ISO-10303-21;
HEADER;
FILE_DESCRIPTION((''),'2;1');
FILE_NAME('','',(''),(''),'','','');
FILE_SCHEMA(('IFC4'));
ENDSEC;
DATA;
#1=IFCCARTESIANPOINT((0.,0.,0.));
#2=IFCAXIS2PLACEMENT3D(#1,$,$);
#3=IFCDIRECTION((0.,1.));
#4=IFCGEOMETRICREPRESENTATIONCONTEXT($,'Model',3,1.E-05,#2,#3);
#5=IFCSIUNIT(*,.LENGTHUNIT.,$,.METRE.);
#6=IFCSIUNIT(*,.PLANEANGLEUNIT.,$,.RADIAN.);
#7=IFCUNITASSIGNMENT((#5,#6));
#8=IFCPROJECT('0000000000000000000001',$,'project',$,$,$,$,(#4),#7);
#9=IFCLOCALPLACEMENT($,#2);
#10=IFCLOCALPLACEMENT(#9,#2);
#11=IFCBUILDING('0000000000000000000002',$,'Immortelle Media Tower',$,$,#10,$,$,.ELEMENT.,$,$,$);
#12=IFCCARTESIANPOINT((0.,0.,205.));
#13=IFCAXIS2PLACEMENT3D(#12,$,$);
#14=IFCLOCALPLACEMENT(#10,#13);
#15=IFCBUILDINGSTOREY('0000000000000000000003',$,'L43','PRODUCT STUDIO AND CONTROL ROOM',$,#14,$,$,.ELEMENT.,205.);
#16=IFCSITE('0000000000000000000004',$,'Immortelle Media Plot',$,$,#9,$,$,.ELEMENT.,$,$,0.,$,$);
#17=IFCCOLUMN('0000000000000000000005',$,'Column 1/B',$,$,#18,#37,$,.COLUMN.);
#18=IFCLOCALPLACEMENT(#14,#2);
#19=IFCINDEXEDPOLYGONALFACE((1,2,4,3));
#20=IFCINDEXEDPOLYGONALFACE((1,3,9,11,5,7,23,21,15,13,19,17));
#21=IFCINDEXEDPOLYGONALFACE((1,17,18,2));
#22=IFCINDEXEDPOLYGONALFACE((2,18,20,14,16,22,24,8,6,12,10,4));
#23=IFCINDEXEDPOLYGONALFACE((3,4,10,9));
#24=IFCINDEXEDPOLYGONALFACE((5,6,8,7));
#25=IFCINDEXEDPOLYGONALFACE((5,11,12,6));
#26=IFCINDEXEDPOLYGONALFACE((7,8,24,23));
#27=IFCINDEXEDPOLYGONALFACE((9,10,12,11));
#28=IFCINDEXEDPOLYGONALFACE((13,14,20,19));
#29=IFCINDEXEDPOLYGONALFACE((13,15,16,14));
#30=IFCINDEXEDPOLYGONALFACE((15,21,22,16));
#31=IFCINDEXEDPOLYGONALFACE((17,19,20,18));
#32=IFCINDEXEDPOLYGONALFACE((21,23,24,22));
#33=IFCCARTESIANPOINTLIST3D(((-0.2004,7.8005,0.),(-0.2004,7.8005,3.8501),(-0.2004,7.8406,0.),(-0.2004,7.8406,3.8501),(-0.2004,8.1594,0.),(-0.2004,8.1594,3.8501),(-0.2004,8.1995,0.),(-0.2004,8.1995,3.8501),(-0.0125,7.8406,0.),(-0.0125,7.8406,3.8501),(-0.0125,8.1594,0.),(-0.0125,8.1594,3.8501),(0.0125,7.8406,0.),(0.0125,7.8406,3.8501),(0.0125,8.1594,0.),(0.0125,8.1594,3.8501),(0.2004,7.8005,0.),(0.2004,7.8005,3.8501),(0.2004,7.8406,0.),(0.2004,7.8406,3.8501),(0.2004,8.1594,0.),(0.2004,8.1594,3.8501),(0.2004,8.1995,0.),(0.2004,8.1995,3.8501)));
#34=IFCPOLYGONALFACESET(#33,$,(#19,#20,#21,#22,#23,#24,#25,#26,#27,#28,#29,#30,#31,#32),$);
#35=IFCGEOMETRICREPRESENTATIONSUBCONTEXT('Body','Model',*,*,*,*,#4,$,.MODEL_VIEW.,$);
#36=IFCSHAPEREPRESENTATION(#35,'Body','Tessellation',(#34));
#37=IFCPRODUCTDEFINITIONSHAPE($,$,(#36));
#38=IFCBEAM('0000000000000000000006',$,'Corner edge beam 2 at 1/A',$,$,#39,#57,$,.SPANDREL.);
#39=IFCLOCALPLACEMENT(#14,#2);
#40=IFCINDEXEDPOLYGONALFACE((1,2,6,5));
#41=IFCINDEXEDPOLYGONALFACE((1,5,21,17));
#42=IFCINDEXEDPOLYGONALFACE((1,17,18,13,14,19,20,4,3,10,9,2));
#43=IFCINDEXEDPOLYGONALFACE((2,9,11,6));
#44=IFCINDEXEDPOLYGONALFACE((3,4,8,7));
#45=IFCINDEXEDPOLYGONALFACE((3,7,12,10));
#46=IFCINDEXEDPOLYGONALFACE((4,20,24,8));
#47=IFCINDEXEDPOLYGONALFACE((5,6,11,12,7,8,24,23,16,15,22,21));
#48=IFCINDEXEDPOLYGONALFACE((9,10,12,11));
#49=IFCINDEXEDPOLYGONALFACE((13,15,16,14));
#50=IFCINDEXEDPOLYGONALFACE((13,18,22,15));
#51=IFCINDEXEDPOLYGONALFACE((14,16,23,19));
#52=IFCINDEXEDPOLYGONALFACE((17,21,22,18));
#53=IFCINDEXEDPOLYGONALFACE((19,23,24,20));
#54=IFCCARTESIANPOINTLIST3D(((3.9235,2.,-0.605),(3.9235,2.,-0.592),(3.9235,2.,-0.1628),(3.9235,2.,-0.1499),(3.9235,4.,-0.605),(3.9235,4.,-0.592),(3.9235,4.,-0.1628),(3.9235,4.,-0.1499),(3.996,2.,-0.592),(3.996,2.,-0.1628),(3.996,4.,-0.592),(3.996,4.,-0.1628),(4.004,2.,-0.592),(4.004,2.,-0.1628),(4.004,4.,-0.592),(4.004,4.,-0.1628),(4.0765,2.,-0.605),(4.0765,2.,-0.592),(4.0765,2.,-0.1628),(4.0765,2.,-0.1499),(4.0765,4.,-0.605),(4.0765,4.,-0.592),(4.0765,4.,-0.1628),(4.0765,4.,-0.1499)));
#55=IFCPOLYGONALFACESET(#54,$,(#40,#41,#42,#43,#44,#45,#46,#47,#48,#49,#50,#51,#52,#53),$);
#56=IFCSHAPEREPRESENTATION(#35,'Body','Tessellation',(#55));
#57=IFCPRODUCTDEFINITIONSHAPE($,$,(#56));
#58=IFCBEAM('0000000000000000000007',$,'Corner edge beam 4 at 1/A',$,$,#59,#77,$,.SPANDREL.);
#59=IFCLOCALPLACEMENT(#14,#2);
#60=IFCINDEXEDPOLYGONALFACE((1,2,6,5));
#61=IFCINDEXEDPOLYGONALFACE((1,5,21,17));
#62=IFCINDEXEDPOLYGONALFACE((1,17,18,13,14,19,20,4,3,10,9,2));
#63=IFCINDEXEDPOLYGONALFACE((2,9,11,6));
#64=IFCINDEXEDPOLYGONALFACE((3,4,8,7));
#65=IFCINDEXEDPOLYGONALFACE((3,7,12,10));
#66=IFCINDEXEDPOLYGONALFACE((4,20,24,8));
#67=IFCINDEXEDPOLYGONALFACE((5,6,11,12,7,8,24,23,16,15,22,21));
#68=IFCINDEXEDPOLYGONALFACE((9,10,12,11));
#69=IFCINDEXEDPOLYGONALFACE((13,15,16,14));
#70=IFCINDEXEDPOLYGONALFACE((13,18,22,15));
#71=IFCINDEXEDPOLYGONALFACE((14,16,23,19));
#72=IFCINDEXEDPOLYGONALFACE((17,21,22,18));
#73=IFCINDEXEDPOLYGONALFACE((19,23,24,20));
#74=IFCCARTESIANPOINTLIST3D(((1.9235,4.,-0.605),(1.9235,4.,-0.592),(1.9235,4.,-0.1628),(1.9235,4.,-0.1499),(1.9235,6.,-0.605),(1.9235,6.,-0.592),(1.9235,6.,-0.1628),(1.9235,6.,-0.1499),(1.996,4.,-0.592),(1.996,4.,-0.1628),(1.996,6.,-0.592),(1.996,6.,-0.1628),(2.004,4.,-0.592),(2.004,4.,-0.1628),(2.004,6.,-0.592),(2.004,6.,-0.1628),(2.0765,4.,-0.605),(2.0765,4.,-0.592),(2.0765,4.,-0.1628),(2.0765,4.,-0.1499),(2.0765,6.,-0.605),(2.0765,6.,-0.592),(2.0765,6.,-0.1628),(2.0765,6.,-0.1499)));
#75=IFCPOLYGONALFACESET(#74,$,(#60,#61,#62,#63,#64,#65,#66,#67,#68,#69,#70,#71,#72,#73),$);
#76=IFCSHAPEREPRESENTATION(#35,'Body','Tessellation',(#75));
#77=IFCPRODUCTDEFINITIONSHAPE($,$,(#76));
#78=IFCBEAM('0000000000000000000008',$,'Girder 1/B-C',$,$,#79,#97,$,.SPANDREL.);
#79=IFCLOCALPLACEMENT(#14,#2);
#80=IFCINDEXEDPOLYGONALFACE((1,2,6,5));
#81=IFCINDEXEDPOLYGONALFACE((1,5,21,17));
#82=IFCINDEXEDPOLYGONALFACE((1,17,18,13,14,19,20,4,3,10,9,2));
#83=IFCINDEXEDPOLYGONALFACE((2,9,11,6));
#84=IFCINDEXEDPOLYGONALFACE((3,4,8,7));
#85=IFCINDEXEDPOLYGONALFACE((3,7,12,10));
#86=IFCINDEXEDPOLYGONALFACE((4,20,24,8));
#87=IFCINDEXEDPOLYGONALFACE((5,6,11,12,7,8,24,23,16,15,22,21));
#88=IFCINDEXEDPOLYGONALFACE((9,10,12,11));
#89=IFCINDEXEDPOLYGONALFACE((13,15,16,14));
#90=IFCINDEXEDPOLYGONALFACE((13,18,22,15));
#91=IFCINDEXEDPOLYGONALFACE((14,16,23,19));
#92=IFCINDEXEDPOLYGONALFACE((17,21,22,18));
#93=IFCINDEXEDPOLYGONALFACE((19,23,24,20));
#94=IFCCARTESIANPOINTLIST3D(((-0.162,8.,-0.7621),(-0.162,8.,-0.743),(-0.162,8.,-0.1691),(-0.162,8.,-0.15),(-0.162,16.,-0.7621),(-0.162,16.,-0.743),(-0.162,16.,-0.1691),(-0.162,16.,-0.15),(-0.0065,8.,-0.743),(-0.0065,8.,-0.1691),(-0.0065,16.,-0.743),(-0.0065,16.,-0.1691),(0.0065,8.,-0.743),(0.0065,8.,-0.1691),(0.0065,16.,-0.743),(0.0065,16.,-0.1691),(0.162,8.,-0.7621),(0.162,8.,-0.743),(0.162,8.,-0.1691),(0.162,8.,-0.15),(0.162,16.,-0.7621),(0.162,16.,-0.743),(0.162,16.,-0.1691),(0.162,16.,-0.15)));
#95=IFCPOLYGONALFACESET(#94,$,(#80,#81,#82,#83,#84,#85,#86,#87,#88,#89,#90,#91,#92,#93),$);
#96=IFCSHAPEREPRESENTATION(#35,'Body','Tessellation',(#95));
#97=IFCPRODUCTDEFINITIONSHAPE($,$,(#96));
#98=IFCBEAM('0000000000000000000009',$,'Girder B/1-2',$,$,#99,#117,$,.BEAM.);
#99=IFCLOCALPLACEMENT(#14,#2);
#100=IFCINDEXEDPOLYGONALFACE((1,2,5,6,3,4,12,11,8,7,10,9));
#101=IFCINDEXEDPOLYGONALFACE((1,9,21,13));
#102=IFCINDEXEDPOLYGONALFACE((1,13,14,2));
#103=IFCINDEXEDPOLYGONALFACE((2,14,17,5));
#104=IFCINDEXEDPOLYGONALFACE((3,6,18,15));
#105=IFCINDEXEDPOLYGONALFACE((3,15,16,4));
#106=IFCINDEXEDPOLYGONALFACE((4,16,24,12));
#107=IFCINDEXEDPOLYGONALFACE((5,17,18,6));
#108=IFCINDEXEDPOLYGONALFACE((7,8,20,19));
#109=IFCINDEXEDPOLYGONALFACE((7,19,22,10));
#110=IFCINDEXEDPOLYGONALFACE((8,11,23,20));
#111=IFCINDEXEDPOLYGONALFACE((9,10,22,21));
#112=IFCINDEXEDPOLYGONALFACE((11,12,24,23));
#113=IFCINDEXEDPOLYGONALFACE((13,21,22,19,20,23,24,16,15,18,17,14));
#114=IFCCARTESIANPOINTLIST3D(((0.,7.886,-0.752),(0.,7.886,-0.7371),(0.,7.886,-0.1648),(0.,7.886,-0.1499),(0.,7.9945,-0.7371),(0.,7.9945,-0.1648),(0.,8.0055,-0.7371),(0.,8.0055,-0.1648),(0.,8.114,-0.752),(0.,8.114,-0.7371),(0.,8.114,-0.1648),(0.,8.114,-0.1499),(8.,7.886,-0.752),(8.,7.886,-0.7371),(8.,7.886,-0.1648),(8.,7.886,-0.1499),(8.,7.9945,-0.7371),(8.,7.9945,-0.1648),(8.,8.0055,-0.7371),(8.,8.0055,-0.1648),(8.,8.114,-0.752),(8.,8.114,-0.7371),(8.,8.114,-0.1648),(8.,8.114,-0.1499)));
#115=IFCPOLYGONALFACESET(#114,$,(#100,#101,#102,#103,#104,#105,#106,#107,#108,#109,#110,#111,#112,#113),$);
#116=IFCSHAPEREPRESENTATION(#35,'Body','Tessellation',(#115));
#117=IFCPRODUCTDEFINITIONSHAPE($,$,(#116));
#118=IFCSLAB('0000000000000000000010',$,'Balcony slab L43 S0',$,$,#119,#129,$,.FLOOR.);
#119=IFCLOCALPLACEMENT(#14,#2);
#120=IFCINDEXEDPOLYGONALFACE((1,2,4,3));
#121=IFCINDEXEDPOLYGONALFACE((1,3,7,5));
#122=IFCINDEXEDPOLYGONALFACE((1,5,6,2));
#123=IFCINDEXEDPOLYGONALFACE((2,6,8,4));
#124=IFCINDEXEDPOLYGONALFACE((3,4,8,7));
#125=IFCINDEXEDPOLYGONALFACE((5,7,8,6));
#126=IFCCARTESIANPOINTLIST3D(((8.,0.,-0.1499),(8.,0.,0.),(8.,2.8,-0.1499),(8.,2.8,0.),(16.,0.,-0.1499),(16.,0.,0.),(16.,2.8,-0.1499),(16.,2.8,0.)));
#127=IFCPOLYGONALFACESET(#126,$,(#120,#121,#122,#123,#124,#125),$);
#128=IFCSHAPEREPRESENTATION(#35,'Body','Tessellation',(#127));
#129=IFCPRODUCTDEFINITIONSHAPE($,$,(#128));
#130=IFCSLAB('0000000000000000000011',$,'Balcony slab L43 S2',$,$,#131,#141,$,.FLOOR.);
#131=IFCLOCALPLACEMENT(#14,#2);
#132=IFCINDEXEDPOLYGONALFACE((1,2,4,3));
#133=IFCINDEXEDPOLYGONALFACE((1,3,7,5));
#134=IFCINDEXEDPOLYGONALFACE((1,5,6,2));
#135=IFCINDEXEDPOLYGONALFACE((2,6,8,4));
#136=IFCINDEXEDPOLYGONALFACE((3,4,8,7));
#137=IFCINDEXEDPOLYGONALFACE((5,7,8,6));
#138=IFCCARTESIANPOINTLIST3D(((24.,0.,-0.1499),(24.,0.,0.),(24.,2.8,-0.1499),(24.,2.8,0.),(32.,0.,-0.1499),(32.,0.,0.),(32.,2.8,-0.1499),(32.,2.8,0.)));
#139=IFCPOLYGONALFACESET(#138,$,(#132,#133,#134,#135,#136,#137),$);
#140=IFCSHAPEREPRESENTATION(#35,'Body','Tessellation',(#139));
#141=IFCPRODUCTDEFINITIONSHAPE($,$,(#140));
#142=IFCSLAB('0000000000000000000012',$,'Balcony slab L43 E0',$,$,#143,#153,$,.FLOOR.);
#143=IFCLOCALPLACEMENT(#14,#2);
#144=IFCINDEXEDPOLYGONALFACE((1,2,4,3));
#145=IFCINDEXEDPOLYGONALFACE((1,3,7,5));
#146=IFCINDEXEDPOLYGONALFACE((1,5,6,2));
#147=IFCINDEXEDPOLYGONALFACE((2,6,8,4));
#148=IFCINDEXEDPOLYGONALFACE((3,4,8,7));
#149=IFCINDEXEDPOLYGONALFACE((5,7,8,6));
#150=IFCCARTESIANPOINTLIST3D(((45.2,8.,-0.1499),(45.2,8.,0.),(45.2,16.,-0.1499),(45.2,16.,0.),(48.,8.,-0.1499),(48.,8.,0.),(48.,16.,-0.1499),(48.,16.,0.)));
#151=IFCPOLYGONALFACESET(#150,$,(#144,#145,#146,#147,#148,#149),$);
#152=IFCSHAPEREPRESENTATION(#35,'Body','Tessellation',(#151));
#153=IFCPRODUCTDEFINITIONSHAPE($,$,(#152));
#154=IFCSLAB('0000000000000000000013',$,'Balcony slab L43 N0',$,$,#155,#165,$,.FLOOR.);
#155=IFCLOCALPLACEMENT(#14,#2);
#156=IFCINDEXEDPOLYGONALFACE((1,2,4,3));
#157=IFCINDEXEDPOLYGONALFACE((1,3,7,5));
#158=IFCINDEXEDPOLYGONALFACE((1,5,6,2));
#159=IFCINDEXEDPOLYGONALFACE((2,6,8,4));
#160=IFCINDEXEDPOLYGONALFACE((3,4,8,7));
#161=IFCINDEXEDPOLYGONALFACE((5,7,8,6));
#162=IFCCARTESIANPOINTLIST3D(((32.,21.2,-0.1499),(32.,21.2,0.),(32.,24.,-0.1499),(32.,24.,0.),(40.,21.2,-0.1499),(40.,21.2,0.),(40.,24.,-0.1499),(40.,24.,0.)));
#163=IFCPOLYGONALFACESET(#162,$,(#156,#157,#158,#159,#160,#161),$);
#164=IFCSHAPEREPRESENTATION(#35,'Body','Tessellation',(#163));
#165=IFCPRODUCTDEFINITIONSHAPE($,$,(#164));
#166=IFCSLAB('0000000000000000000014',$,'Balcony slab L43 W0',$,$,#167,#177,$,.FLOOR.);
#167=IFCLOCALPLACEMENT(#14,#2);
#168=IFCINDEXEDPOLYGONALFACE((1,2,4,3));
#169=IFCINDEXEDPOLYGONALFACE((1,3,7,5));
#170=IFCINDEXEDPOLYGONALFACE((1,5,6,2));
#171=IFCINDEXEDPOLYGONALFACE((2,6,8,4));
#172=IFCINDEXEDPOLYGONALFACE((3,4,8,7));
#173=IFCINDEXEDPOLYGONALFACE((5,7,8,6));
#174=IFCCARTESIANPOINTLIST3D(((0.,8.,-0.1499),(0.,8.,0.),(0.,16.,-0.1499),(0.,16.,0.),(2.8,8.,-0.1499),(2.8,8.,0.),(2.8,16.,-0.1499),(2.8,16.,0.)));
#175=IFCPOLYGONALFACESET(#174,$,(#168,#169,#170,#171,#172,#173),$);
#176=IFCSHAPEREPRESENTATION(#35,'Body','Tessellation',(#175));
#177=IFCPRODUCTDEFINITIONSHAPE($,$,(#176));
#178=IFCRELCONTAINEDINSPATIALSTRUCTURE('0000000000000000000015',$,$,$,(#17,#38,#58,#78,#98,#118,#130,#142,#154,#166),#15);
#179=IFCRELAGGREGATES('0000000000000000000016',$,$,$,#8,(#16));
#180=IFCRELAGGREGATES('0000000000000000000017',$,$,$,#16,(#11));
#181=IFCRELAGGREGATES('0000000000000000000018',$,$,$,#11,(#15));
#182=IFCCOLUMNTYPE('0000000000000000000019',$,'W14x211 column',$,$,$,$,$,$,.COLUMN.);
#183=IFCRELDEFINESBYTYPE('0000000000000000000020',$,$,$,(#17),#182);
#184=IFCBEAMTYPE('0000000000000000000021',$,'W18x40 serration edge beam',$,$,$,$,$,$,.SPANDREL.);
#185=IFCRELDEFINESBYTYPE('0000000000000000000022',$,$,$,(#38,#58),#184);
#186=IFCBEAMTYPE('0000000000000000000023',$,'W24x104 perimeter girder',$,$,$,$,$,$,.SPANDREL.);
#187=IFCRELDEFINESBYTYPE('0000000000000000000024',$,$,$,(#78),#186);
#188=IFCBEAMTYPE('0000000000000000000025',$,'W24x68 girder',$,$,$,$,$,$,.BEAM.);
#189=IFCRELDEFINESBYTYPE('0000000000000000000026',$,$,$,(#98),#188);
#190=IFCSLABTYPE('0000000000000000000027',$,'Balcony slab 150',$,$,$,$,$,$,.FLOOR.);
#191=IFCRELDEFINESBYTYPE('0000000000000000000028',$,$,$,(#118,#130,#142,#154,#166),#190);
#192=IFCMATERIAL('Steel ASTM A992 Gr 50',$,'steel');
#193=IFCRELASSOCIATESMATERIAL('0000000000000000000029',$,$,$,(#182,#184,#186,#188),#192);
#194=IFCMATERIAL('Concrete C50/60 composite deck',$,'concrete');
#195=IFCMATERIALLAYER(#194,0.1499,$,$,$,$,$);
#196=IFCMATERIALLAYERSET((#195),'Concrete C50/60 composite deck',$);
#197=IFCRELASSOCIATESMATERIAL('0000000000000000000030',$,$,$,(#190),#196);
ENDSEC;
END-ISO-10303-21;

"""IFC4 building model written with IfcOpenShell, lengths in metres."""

from ifc_helpers import new_model, si_unit, direction, frame, origin, origin_2d, place, context, subcontext, project, spatial, polyline, i_section, outline, extrude, material, layer, layer_set, material_profile, profile_set, type_object, element, save


model = new_model("IFC4")

# Units and contexts
model_context = context("Model", 3, precision=1e-05, world=origin(), true_north=direction((0.0, 1.0)))
body_context = subcontext(model_context, "Body", "Model", "MODEL_VIEW")
ifc_project = project(units=[si_unit("LENGTHUNIT", "METRE"), si_unit("PLANEANGLEUNIT", "RADIAN")], contexts=[model_context])

# Site, building, storey
site_placement = place(None, origin())
site = spatial("IfcSite", under=ifc_project, at=site_placement, Name="Immortelle Media Plot", CompositionType="ELEMENT", RefElevation=0.0)
building_placement = place(site_placement, origin())
building = spatial("IfcBuilding", under=site, at=building_placement, Name="Immortelle Media Tower", CompositionType="ELEMENT")
storey_placement = place(building_placement, frame((0.0, 0.0, 205.0)))
storey = spatial("IfcBuildingStorey", under=building, at=storey_placement, Name="L43", Description="PRODUCT STUDIO AND CONTROL ROOM", CompositionType="ELEMENT", Elevation=205.0)

# Column
ifc_material_1 = material(Name="Steel ASTM A992 Gr 50", Category="steel")
ifc_material_profile_1 = material_profile(ifc_material_1, i_section(OverallWidth=0.4009, OverallDepth=0.3989, WebThickness=0.0249, FlangeThickness=0.04, at=origin_2d()), Name="W14x211")
ifc_profile_set_1 = profile_set([ifc_material_profile_1], Name="Steel ASTM A992 Gr 50")
column_type = type_object("IfcColumnType", Name="W14x211 column", PredefinedType="COLUMN", material=ifc_profile_set_1)
column_placement = place(storey_placement, frame((0.0, 8.0, 0.0), z_axis=(0.0, 0.0, 1.0), x_axis=(1.0, 0.0, 0.0)))
element("IfcColumn", 1, at=column_placement, inside=storey, type_object=column_type, Name="Column 1/B", PredefinedType="COLUMN", context=body_context, shape_type="SweptSolid", body=[
    extrude(i_section(OverallWidth=0.4009, OverallDepth=0.3989, WebThickness=0.0249, FlangeThickness=0.04, at=origin_2d()), origin(), (0.0, 0.0, 1.0), 3.8501),
])

# Beams
ifc_material_profile_2 = material_profile(ifc_material_1, i_section(OverallWidth=0.1531, OverallDepth=0.4551, WebThickness=0.0081, FlangeThickness=0.0129, at=origin_2d()), Name="W18x40")
ifc_profile_set_2 = profile_set([ifc_material_profile_2], Name="Steel ASTM A992 Gr 50")
beam_type_1 = type_object("IfcBeamType", Name="W18x40 serration edge beam", PredefinedType="SPANDREL", material=ifc_profile_set_2)
for number, where, z_axis, x_axis, name in (
    (2, (4.0, 2.0, -0.3774), (0.0, 1.0, 0.0), (-1.0, 0.0, 0.0), "Corner edge beam 2 at 1/A"),
    (3, (2.0, 4.0, -0.3774), (0.0, 1.0, 0.0), (-1.0, 0.0, 0.0), "Corner edge beam 4 at 1/A"),
):
    element("IfcBeam", number, at=place(storey_placement, frame(where, z_axis=z_axis, x_axis=x_axis)), inside=storey, type_object=beam_type_1, Name=name, PredefinedType="SPANDREL", context=body_context, shape_type="SweptSolid", body=[
        extrude(i_section(OverallWidth=0.1531, OverallDepth=0.4551, WebThickness=0.0081, FlangeThickness=0.0129, at=origin_2d()), origin(), (0.0, 0.0, 1.0), 2.0),
    ])
ifc_material_profile_3 = material_profile(ifc_material_1, i_section(OverallWidth=0.324, OverallDepth=0.6121, WebThickness=0.0129, FlangeThickness=0.019, at=origin_2d()), Name="W24x104")
ifc_profile_set_3 = profile_set([ifc_material_profile_3], Name="Steel ASTM A992 Gr 50")
beam_type_2 = type_object("IfcBeamType", Name="W24x104 perimeter girder", PredefinedType="SPANDREL", material=ifc_profile_set_3)
beam_1_placement = place(storey_placement, frame((0.0, 8.0, -0.4561), z_axis=(0.0, 1.0, 0.0), x_axis=(-1.0, 0.0, 0.0)))
element("IfcBeam", 4, at=beam_1_placement, inside=storey, type_object=beam_type_2, Name="Girder 1/B-C", PredefinedType="SPANDREL", context=body_context, shape_type="SweptSolid", body=[
    extrude(i_section(OverallWidth=0.324, OverallDepth=0.6121, WebThickness=0.0129, FlangeThickness=0.019, at=origin_2d()), origin(), (0.0, 0.0, 1.0), 8.0),
])
ifc_material_profile_4 = material_profile(ifc_material_1, i_section(OverallWidth=0.228, OverallDepth=0.6021, WebThickness=0.011, FlangeThickness=0.0149, at=origin_2d()), Name="W24x68")
ifc_profile_set_4 = profile_set([ifc_material_profile_4], Name="Steel ASTM A992 Gr 50")
beam_type_3 = type_object("IfcBeamType", Name="W24x68 girder", PredefinedType="BEAM", material=ifc_profile_set_4)
beam_2_placement = place(storey_placement, frame((0.0, 8.0, -0.4509), z_axis=(1.0, 0.0, 0.0), x_axis=(0.0, 1.0, 0.0)))
element("IfcBeam", 5, at=beam_2_placement, inside=storey, type_object=beam_type_3, Name="Girder B/1-2", PredefinedType="BEAM", context=body_context, shape_type="SweptSolid", body=[
    extrude(i_section(OverallWidth=0.228, OverallDepth=0.6021, WebThickness=0.011, FlangeThickness=0.0149, at=origin_2d()), origin(), (0.0, 0.0, 1.0), 8.0),
])

# Slabs
ifc_material_2 = material(Name="Concrete C50/60 composite deck", Category="concrete")
ifc_layer_1 = layer(ifc_material_2, 0.1499)
ifc_layer_set_1 = layer_set([ifc_layer_1], Name="Concrete C50/60 composite deck")
slab_type_1 = type_object("IfcSlabType", Name="Balcony slab 150", PredefinedType="FLOOR", material=ifc_layer_set_1)
slab_1_placement = place(storey_placement, frame((0.0, 0.0, -0.1499)))
element("IfcSlab", 6, at=slab_1_placement, inside=storey, type_object=slab_type_1, Name="Balcony slab L43 S0", PredefinedType="FLOOR", context=body_context, shape_type="SweptSolid", body=[
    extrude(outline(polyline([(16.0, 0.0), (16.0, 2.8), (8.0, 2.8), (8.0, 0.0), (16.0, 0.0)])), origin(), (0.0, 0.0, 1.0), 0.1499),
])
slab_2_placement = place(storey_placement, frame((0.0, 0.0, -0.1499)))
element("IfcSlab", 7, at=slab_2_placement, inside=storey, type_object=slab_type_1, Name="Balcony slab L43 S2", PredefinedType="FLOOR", context=body_context, shape_type="SweptSolid", body=[
    extrude(outline(polyline([(32.0, 0.0), (32.0, 2.8), (24.0, 2.8), (24.0, 0.0), (32.0, 0.0)])), origin(), (0.0, 0.0, 1.0), 0.1499),
])
slab_3_placement = place(storey_placement, frame((0.0, 0.0, -0.1499)))
element("IfcSlab", 8, at=slab_3_placement, inside=storey, type_object=slab_type_1, Name="Balcony slab L43 E0", PredefinedType="FLOOR", context=body_context, shape_type="SweptSolid", body=[
    extrude(outline(polyline([(48.0, 8.0), (48.0, 16.0), (45.2, 16.0), (45.2, 8.0), (48.0, 8.0)])), origin(), (0.0, 0.0, 1.0), 0.1499),
])
slab_4_placement = place(storey_placement, frame((0.0, 0.0, -0.1499)))
element("IfcSlab", 9, at=slab_4_placement, inside=storey, type_object=slab_type_1, Name="Balcony slab L43 N0", PredefinedType="FLOOR", context=body_context, shape_type="SweptSolid", body=[
    extrude(outline(polyline([(40.0, 21.2), (40.0, 24.0), (32.0, 24.0), (32.0, 21.2), (40.0, 21.2)])), origin(), (0.0, 0.0, 1.0), 0.1499),
])
slab_5_placement = place(storey_placement, frame((0.0, 0.0, -0.1499)))
element("IfcSlab", 10, at=slab_5_placement, inside=storey, type_object=slab_type_1, Name="Balcony slab L43 W0", PredefinedType="FLOOR", context=body_context, shape_type="SweptSolid", body=[
    extrude(outline(polyline([(2.8, 8.0), (2.8, 16.0), (0.0, 16.0), (0.0, 8.0), (2.8, 8.0)])), origin(), (0.0, 0.0, 1.0), 0.1499),
])

save(model, "model.ifc")
